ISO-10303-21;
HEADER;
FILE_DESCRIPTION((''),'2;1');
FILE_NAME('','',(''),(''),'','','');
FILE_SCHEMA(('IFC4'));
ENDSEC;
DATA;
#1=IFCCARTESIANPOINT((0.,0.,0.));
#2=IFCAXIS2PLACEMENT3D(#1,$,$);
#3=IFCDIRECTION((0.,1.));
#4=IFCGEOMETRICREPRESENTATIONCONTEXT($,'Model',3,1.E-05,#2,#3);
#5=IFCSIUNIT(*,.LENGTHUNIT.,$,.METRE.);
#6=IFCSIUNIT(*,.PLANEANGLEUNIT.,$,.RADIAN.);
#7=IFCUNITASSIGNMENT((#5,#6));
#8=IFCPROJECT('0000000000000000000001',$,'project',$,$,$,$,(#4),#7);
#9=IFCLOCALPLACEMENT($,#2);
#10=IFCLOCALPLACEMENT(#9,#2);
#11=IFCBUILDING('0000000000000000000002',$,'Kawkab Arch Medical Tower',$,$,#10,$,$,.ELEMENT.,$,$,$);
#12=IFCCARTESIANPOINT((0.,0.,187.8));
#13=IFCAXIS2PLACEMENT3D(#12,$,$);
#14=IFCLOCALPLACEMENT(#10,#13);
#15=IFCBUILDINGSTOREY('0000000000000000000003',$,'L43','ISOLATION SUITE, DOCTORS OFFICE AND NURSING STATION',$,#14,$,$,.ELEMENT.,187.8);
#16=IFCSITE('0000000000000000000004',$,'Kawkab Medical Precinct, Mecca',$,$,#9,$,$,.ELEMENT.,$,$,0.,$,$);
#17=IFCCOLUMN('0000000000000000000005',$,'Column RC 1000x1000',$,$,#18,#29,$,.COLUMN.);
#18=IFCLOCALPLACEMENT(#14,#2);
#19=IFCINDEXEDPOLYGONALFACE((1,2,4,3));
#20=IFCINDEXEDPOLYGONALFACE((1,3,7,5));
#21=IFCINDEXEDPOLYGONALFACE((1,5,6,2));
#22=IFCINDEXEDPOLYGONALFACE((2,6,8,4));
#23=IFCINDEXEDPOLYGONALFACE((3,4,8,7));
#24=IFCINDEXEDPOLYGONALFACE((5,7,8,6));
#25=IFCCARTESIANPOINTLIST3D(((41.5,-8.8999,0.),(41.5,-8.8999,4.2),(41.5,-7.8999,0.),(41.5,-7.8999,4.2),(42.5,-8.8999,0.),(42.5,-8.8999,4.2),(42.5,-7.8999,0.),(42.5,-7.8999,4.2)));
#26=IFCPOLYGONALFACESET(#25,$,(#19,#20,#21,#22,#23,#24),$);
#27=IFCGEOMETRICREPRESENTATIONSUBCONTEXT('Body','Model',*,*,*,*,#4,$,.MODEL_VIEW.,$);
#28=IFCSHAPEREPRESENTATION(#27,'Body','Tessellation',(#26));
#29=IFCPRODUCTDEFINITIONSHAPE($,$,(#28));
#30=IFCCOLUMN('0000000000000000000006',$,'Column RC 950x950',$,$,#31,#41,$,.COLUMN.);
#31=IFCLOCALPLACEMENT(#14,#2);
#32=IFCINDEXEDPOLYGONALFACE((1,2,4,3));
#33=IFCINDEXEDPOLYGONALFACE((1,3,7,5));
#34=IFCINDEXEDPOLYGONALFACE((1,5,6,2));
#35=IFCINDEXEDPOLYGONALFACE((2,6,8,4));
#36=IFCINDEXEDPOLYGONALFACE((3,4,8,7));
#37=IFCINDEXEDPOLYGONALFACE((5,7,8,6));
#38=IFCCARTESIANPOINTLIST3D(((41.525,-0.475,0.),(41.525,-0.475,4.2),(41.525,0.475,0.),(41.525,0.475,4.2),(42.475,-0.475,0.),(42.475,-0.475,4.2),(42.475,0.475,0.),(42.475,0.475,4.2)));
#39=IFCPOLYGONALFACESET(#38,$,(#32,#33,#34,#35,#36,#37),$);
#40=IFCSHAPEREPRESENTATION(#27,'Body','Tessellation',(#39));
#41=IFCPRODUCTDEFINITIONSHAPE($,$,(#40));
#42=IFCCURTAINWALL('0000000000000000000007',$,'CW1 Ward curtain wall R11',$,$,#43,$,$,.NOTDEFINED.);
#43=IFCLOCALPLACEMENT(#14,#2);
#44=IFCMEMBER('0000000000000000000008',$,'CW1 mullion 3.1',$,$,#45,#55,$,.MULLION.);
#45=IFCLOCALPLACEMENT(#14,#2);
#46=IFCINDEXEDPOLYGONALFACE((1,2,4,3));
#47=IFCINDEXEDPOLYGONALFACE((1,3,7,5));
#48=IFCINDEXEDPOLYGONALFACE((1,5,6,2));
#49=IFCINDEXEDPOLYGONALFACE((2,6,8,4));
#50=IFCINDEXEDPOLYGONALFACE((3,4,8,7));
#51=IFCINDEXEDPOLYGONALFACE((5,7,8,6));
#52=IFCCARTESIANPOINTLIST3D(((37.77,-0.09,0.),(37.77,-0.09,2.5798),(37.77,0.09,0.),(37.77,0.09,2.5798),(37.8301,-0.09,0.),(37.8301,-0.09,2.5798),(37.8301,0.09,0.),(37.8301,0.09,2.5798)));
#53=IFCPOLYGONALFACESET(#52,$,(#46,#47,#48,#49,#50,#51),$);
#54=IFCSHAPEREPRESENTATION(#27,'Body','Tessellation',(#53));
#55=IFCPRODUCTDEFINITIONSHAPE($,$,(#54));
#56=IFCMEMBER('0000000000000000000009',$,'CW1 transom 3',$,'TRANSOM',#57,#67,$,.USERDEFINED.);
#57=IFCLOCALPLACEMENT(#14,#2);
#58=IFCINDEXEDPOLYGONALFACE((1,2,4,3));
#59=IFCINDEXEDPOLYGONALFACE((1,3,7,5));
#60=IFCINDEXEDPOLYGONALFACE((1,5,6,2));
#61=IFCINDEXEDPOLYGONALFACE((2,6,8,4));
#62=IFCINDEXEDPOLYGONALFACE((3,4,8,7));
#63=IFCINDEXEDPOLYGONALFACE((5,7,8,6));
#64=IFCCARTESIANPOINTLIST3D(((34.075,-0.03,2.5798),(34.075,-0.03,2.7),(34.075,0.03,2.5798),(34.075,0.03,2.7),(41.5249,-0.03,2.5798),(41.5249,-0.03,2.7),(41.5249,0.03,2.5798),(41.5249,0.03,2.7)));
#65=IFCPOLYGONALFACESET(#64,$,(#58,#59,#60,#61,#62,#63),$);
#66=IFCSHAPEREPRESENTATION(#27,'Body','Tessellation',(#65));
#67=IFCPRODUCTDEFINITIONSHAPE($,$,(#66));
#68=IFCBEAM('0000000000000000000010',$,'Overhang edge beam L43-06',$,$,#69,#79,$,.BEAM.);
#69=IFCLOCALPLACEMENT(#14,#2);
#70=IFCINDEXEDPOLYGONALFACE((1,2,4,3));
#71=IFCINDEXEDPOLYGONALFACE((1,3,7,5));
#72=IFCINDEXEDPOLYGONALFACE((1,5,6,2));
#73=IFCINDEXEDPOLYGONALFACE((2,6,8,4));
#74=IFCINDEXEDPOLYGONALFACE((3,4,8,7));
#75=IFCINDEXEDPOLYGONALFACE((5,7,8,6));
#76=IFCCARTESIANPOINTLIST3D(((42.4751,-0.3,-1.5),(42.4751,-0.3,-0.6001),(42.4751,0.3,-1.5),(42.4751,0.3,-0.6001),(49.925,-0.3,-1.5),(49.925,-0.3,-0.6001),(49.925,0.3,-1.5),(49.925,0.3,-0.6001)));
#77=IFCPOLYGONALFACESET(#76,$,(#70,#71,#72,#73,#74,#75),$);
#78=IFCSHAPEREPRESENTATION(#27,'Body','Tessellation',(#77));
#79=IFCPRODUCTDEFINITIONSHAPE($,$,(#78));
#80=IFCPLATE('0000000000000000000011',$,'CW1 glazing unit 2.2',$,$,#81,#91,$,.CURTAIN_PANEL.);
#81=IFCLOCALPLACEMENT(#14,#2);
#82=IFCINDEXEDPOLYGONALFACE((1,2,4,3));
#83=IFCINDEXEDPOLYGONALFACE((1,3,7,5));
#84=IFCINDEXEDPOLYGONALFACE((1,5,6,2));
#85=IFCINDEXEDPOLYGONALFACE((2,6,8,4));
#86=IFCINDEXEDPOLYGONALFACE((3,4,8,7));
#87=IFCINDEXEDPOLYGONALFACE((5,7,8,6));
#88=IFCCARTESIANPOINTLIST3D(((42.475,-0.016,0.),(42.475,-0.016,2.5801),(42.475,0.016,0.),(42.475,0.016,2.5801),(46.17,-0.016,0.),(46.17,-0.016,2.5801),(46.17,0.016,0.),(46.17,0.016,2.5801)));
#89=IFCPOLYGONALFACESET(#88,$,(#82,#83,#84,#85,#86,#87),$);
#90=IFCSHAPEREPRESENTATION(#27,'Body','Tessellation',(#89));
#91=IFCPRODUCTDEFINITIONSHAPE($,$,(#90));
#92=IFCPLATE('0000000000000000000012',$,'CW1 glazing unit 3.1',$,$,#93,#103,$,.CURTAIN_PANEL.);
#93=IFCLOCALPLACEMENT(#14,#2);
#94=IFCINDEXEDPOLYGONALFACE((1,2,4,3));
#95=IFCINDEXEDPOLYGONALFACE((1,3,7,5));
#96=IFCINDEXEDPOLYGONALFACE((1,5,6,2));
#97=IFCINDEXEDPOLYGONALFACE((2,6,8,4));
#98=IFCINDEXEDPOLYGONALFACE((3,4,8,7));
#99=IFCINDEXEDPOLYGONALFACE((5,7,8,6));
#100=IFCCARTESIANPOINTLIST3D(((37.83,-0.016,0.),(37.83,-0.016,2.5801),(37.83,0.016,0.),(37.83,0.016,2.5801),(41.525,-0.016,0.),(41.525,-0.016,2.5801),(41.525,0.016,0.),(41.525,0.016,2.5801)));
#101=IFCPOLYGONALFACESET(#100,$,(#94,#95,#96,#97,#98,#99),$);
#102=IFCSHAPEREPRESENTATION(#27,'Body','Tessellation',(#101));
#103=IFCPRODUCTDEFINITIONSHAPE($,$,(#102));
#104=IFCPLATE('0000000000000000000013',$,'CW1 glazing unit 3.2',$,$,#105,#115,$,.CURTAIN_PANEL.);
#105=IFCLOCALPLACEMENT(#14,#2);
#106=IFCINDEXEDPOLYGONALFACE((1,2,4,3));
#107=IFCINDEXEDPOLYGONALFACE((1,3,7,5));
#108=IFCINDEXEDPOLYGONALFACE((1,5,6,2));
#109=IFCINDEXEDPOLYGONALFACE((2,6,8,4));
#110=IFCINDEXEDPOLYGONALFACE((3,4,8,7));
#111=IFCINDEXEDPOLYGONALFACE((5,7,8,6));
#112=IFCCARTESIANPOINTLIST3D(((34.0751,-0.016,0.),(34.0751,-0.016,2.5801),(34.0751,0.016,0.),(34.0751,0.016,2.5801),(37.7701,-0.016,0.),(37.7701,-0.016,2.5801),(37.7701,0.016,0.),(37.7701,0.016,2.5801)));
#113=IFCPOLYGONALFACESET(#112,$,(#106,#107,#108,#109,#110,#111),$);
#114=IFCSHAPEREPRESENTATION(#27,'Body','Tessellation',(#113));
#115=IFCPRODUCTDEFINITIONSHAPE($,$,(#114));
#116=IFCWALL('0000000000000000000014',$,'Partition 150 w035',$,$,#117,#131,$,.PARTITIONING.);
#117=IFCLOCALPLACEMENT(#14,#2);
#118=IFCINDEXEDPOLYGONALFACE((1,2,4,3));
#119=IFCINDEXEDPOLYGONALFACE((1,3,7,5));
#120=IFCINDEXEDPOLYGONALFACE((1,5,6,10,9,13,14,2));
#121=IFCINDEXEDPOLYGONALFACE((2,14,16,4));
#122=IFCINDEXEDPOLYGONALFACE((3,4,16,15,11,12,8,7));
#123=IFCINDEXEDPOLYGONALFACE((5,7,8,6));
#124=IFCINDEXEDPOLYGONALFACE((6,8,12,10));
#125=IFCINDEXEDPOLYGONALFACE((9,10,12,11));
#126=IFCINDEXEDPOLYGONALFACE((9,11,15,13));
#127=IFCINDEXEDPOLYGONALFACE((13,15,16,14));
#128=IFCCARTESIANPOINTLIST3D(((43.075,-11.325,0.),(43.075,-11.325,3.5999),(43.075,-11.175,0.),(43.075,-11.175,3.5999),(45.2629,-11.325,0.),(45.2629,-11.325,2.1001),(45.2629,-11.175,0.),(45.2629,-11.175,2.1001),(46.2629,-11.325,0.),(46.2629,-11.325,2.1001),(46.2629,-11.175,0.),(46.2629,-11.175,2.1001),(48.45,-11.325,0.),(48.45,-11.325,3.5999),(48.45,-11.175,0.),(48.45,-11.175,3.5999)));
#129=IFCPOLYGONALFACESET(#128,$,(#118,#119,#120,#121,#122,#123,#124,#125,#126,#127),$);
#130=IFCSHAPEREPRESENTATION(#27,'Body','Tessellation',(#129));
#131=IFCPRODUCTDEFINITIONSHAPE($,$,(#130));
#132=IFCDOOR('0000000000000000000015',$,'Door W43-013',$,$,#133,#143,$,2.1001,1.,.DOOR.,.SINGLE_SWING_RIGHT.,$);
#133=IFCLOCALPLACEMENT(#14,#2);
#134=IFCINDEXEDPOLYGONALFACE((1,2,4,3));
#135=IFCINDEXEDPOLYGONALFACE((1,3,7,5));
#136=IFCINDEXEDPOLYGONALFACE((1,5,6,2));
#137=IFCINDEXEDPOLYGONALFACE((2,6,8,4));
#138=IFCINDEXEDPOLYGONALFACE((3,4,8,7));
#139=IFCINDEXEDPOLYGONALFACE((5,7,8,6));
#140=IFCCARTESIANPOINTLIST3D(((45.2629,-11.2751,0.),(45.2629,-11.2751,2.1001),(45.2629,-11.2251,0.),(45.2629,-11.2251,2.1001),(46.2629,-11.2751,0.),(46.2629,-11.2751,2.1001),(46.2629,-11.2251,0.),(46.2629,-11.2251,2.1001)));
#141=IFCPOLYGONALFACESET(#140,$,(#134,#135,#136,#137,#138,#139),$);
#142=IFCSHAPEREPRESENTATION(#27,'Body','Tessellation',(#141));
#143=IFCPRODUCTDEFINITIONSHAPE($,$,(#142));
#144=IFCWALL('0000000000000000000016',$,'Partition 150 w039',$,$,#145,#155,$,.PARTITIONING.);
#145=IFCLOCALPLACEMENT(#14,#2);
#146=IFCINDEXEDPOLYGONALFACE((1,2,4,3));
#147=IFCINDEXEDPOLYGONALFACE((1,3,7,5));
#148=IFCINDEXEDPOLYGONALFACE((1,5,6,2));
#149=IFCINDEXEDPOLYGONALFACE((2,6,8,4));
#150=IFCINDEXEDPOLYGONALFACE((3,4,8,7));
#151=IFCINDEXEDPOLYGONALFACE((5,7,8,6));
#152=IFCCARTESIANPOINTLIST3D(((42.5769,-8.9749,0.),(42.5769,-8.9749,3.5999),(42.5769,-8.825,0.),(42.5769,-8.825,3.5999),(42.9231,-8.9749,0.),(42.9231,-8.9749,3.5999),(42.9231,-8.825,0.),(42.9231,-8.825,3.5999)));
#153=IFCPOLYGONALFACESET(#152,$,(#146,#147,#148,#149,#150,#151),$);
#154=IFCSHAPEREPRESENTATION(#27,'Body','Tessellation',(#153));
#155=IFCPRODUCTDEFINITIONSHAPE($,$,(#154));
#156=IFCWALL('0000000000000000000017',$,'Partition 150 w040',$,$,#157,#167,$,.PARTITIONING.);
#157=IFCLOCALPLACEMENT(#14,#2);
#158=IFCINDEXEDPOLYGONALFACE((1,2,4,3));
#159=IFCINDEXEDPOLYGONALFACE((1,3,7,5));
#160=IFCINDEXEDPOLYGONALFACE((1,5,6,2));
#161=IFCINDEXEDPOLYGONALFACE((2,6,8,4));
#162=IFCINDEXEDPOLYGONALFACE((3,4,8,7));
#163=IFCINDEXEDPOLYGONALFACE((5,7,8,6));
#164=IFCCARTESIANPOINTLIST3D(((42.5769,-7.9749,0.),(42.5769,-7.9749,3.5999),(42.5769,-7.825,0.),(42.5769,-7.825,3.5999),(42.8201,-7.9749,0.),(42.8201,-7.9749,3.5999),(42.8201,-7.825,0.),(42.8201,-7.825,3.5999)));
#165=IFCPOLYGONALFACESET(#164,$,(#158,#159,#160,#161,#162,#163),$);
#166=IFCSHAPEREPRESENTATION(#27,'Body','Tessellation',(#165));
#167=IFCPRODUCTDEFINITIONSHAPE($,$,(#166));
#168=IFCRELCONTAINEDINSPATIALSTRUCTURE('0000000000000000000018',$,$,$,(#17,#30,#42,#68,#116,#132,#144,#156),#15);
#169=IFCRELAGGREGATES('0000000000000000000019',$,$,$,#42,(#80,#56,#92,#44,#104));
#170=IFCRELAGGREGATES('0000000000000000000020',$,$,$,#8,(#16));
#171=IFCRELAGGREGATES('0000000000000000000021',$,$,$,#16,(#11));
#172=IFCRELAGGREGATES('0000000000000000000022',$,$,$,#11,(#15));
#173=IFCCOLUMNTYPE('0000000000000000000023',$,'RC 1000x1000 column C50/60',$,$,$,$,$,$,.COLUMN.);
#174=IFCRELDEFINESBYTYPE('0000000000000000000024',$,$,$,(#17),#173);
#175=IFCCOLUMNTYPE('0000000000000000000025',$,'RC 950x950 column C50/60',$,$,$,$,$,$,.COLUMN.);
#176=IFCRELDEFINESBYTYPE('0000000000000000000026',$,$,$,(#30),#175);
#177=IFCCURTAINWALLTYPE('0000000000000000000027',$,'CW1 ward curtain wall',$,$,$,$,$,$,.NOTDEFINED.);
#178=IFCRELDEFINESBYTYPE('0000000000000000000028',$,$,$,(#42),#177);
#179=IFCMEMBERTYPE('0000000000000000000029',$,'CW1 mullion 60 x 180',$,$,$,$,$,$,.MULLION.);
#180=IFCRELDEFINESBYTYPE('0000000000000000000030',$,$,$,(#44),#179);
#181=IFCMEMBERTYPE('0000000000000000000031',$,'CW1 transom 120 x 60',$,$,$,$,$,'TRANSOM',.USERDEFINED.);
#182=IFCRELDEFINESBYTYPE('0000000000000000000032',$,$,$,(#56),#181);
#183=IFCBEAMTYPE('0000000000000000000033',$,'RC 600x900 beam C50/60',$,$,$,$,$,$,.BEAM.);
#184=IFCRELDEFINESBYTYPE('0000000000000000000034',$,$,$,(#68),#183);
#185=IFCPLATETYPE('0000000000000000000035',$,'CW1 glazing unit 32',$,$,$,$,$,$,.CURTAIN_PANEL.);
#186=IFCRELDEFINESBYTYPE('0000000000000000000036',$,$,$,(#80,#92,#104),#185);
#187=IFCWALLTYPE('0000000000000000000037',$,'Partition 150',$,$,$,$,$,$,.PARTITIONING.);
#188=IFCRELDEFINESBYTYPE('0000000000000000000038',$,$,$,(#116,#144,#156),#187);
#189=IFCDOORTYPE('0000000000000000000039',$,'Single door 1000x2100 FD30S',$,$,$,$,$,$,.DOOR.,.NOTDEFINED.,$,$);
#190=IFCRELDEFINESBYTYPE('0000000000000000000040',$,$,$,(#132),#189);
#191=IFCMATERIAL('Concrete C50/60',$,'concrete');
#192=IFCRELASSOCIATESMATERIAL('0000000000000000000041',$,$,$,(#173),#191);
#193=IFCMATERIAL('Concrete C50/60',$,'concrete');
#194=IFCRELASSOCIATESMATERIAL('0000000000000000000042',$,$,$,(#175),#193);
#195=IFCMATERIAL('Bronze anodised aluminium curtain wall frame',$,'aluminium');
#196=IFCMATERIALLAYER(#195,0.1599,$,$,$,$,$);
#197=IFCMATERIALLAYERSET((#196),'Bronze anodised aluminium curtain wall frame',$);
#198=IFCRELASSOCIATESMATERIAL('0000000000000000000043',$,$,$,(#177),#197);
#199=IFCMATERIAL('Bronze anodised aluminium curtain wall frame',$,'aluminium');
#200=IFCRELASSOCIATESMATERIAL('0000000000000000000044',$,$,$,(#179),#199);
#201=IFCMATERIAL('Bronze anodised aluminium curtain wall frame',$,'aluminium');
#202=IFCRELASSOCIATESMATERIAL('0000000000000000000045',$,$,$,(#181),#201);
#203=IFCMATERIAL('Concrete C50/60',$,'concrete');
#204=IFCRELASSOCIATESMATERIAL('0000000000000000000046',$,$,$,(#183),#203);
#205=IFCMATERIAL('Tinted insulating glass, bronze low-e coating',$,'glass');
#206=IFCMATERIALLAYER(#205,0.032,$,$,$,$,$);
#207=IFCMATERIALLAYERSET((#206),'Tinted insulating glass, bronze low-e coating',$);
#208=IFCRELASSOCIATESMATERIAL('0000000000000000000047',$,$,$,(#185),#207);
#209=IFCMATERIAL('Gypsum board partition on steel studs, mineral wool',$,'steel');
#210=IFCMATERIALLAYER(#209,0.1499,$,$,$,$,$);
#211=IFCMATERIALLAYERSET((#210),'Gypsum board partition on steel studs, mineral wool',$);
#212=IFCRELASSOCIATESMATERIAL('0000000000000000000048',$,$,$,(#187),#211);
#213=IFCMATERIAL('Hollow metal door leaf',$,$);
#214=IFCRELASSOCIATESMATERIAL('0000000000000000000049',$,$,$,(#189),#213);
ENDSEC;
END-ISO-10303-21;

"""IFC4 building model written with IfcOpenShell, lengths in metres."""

from ifc_helpers import new_model, si_unit, direction, frame, frame_2d, origin, origin_2d, place, context, subcontext, project, spatial, rectangle, extrude, material, layer, layer_set, material_profile, profile_set, type_object, element, fill, aggregate, save


model = new_model("IFC4")

# Units and contexts
model_context = context("Model", 3, precision=1e-05, world=origin(), true_north=direction((0.0, 1.0)))
body_context = subcontext(model_context, "Body", "Model", "MODEL_VIEW")
ifc_project = project(units=[si_unit("LENGTHUNIT", "METRE"), si_unit("PLANEANGLEUNIT", "RADIAN")], contexts=[model_context])

# Site, building, storey
site_placement = place(None, origin())
site = spatial("IfcSite", under=ifc_project, at=site_placement, Name="Kawkab Medical Precinct, Mecca", CompositionType="ELEMENT", RefElevation=0.0)
building_placement = place(site_placement, origin())
building = spatial("IfcBuilding", under=site, at=building_placement, Name="Kawkab Arch Medical Tower", CompositionType="ELEMENT")
storey_placement = place(building_placement, frame((0.0, 0.0, 187.8)))
storey = spatial("IfcBuildingStorey", under=building, at=storey_placement, Name="L43", Description="ISOLATION SUITE, DOCTORS OFFICE AND NURSING STATION", CompositionType="ELEMENT", Elevation=187.8)

# Columns
ifc_material_1 = material(Name="Concrete C50/60", Category="concrete")
ifc_material_profile_1 = material_profile(ifc_material_1, rectangle(XDim=1.0, YDim=1.0, at=origin_2d()), Name="RC 1000x1000")
ifc_profile_set_1 = profile_set([ifc_material_profile_1], Name="Concrete C50/60")
column_type_1 = type_object("IfcColumnType", Name="RC 1000x1000 column C50/60", PredefinedType="COLUMN", material=ifc_profile_set_1)
column_1_placement = place(storey_placement, frame((42.0, -8.3999, 0.0), z_axis=(0.0, 0.0, 1.0), x_axis=(1.0, 0.0, 0.0)))
element("IfcColumn", 1, at=column_1_placement, inside=storey, type_object=column_type_1, Name="Column RC 1000x1000", PredefinedType="COLUMN", context=body_context, shape_type="SweptSolid", body=[
    extrude(rectangle(XDim=1.0, YDim=1.0, at=origin_2d()), origin(), (0.0, 0.0, 1.0), 4.2),
])
ifc_material_2 = material(Name="Concrete C50/60", Category="concrete")
ifc_material_profile_2 = material_profile(ifc_material_2, rectangle(XDim=0.95, YDim=0.95, at=origin_2d()), Name="RC 950x950")
ifc_profile_set_2 = profile_set([ifc_material_profile_2], Name="Concrete C50/60")
column_type_2 = type_object("IfcColumnType", Name="RC 950x950 column C50/60", PredefinedType="COLUMN", material=ifc_profile_set_2)
column_2_placement = place(storey_placement, frame((42.0, 0.0, 0.0), z_axis=(0.0, 0.0, 1.0), x_axis=(1.0, 0.0, 0.0)))
element("IfcColumn", 2, at=column_2_placement, inside=storey, type_object=column_type_2, Name="Column RC 950x950", PredefinedType="COLUMN", context=body_context, shape_type="SweptSolid", body=[
    extrude(rectangle(XDim=0.95, YDim=0.95, at=origin_2d()), origin(), (0.0, 0.0, 1.0), 4.2),
])

# Curtain wall, members
ifc_material_3 = material(Name="Bronze anodised aluminium curtain wall frame", Category="aluminium")
ifc_layer_1 = layer(ifc_material_3, 0.1599)
ifc_layer_set_1 = layer_set([ifc_layer_1], Name="Bronze anodised aluminium curtain wall frame")
curtain_wall_type = type_object("IfcCurtainWallType", Name="CW1 ward curtain wall", PredefinedType="NOTDEFINED", material=ifc_layer_set_1)
placement = place(storey_placement, origin())
curtain_wall = element("IfcCurtainWall", 3, at=placement, inside=storey, type_object=curtain_wall_type, Name="CW1 Ward curtain wall R11", PredefinedType="NOTDEFINED")
ifc_material_4 = material(Name="Bronze anodised aluminium curtain wall frame", Category="aluminium")
ifc_material_profile_3 = material_profile(ifc_material_4, rectangle(XDim=0.1799, YDim=0.0601, at=origin_2d()), Name="AL 60x180")
ifc_profile_set_3 = profile_set([ifc_material_profile_3], Name="Bronze anodised aluminium curtain wall frame")
member_type_1 = type_object("IfcMemberType", Name="CW1 mullion 60 x 180", PredefinedType="MULLION", material=ifc_profile_set_3)
member_1_placement = place(storey_placement, frame((37.8, 0.0, 0.0), z_axis=(0.0, 0.0, 1.0), x_axis=(0.0, -1.0, 0.0)))
member_1 = element("IfcMember", 4, at=member_1_placement, type_object=member_type_1, Name="CW1 mullion 3.1", PredefinedType="MULLION", context=body_context, shape_type="SweptSolid", body=[
    extrude(rectangle(XDim=0.1799, YDim=0.0601, at=origin_2d()), origin(), (0.0, 0.0, 1.0), 2.5798),
])
ifc_material_5 = material(Name="Bronze anodised aluminium curtain wall frame", Category="aluminium")
ifc_material_profile_4 = material_profile(ifc_material_5, rectangle(XDim=0.0601, YDim=0.1201, at=origin_2d()), Name="AL 60x120")
ifc_profile_set_4 = profile_set([ifc_material_profile_4], Name="Bronze anodised aluminium curtain wall frame")
member_type_2 = type_object("IfcMemberType", Name="CW1 transom 120 x 60", ElementType="TRANSOM", PredefinedType="USERDEFINED", material=ifc_profile_set_4)
member_2_placement = place(storey_placement, frame((41.5249, 0.0, 2.6399), z_axis=(-1.0, 0.0, 0.0), x_axis=(0.0, -1.0, 0.0)))
member_2 = element("IfcMember", 5, at=member_2_placement, type_object=member_type_2, Name="CW1 transom 3", ObjectType="TRANSOM", PredefinedType="USERDEFINED", context=body_context, shape_type="SweptSolid", body=[
    extrude(rectangle(XDim=0.0601, YDim=0.1201, at=origin_2d()), origin(), (0.0, 0.0, 1.0), 7.45),
])

# Beam
ifc_material_6 = material(Name="Concrete C50/60", Category="concrete")
ifc_material_profile_5 = material_profile(ifc_material_6, rectangle(XDim=0.6001, YDim=0.8999, at=origin_2d()), Name="RC 600x900")
ifc_profile_set_5 = profile_set([ifc_material_profile_5], Name="Concrete C50/60")
beam_type = type_object("IfcBeamType", Name="RC 600x900 beam C50/60", PredefinedType="BEAM", material=ifc_profile_set_5)
beam_placement = place(storey_placement, frame((42.4751, 0.0, -1.05), z_axis=(1.0, 0.0, 0.0), x_axis=(0.0, 1.0, 0.0)))
element("IfcBeam", 6, at=beam_placement, inside=storey, type_object=beam_type, Name="Overhang edge beam L43-06", PredefinedType="BEAM", context=body_context, shape_type="SweptSolid", body=[
    extrude(rectangle(XDim=0.6001, YDim=0.8999, at=origin_2d()), origin(), (0.0, 0.0, 1.0), 7.45),
])

# Plates
ifc_material_7 = material(Name="Tinted insulating glass, bronze low-e coating", Category="glass")
ifc_layer_2 = layer(ifc_material_7, 0.032)
ifc_layer_set_2 = layer_set([ifc_layer_2], Name="Tinted insulating glass, bronze low-e coating")
plate_type = type_object("IfcPlateType", Name="CW1 glazing unit 32", PredefinedType="CURTAIN_PANEL", material=ifc_layer_set_2)
plate_1_placement = place(storey_placement, frame((44.3225, 0.0, 0.0), z_axis=(0.0, 0.0, 1.0), x_axis=(-1.0, 0.0, 0.0)))
plate_1 = element("IfcPlate", 7, at=plate_1_placement, type_object=plate_type, Name="CW1 glazing unit 2.2", PredefinedType="CURTAIN_PANEL", context=body_context, shape_type="SweptSolid", body=[
    extrude(rectangle(XDim=3.6951, YDim=0.032, at=origin_2d()), origin(), (0.0, 0.0, 1.0), 2.5801),
])
plate_2_placement = place(storey_placement, frame((39.6775, 0.0, 0.0), z_axis=(0.0, 0.0, 1.0), x_axis=(-1.0, 0.0, 0.0)))
plate_2 = element("IfcPlate", 8, at=plate_2_placement, type_object=plate_type, Name="CW1 glazing unit 3.1", PredefinedType="CURTAIN_PANEL", context=body_context, shape_type="SweptSolid", body=[
    extrude(rectangle(XDim=3.6951, YDim=0.032, at=origin_2d()), origin(), (0.0, 0.0, 1.0), 2.5801),
])
plate_3_placement = place(storey_placement, frame((35.9226, 0.0, 0.0), z_axis=(0.0, 0.0, 1.0), x_axis=(-1.0, 0.0, 0.0)))
plate_3 = element("IfcPlate", 9, at=plate_3_placement, type_object=plate_type, Name="CW1 glazing unit 3.2", PredefinedType="CURTAIN_PANEL", context=body_context, shape_type="SweptSolid", body=[
    extrude(rectangle(XDim=3.6951, YDim=0.032, at=origin_2d()), origin(), (0.0, 0.0, 1.0), 2.5801),
])
aggregate(curtain_wall, [plate_1, member_2, plate_2, member_1, plate_3])

# Wall, opening, door
ifc_material_8 = material(Name="Gypsum board partition on steel studs, mineral wool", Category="steel")
ifc_layer_3 = layer(ifc_material_8, 0.1499)
ifc_layer_set_3 = layer_set([ifc_layer_3], Name="Gypsum board partition on steel studs, mineral wool")
wall_type_1 = type_object("IfcWallType", Name="Partition 150", PredefinedType="PARTITIONING", material=ifc_layer_set_3)
wall_1_placement = place(storey_placement, frame((43.075, -11.25, 0.0), z_axis=(0.0, 0.0, 1.0), x_axis=(1.0, 0.0, 0.0)))
wall_1 = element("IfcWall", 10, at=wall_1_placement, inside=storey, type_object=wall_type_1, Name="Partition 150 w035", PredefinedType="PARTITIONING", context=body_context, shape_type="SweptSolid", body=[
    extrude(rectangle(XDim=5.375, YDim=0.1499, at=frame_2d((2.6875, 0.0))), origin(), (0.0, 0.0, 1.0), 3.5999),
])
opening_1_placement = place(wall_1_placement, frame((2.188, 0.0, 0.0)))
opening_1 = element("IfcOpeningElement", 11, at=opening_1_placement, cuts=wall_1, PredefinedType="OPENING", context=body_context, shape_type="SweptSolid", body=[
    extrude(rectangle(XDim=1.0, YDim=2.1001, at=frame_2d((0.5, 1.05))), frame((0.0, 0.085, 0.0), z_axis=(0.0, -1.0, 0.0), x_axis=(1.0, 0.0, 0.0)), (0.0, 0.0, 1.0), 0.1699),
])
ifc_material_9 = material(Name="Hollow metal door leaf")
door_type_1 = type_object("IfcDoorType", Name="Single door 1000x2100 FD30S", OperationType="NOTDEFINED", PredefinedType="DOOR", material=ifc_material_9)
door_1_placement = place(opening_1_placement, origin())
door_1 = element("IfcDoor", 12, at=door_1_placement, inside=storey, type_object=door_type_1, Name="Door W43-013", OperationType="SINGLE_SWING_RIGHT", OverallHeight=2.1001, OverallWidth=1.0, PredefinedType="DOOR", context=body_context, shape_type="SweptSolid", body=[
    extrude(rectangle(XDim=1.0, YDim=2.1001, at=frame_2d((0.5, 1.05))), frame((0.0, 0.0249, 0.0), z_axis=(0.0, -1.0, 0.0), x_axis=(1.0, 0.0, 0.0)), (0.0, 0.0, 1.0), 0.05),
])
fill(opening_1, door_1)

# Walls
wall_2_placement = place(storey_placement, frame((42.5769, -8.8999, 0.0), z_axis=(0.0, 0.0, 1.0), x_axis=(1.0, 0.0, 0.0)))
element("IfcWall", 13, at=wall_2_placement, inside=storey, type_object=wall_type_1, Name="Partition 150 w039", PredefinedType="PARTITIONING", context=body_context, shape_type="SweptSolid", body=[
    extrude(rectangle(XDim=0.3462, YDim=0.1499, at=frame_2d((0.1731, 0.0))), origin(), (0.0, 0.0, 1.0), 3.5999),
])
wall_3_placement = place(storey_placement, frame((42.5769, -7.8999, 0.0), z_axis=(0.0, 0.0, 1.0), x_axis=(1.0, 0.0, 0.0)))
element("IfcWall", 14, at=wall_3_placement, inside=storey, type_object=wall_type_1, Name="Partition 150 w040", PredefinedType="PARTITIONING", context=body_context, shape_type="SweptSolid", body=[
    extrude(rectangle(XDim=0.2432, YDim=0.1499, at=frame_2d((0.1216, 0.0))), origin(), (0.0, 0.0, 1.0), 3.5999),
])

save(model, "model.ifc")
